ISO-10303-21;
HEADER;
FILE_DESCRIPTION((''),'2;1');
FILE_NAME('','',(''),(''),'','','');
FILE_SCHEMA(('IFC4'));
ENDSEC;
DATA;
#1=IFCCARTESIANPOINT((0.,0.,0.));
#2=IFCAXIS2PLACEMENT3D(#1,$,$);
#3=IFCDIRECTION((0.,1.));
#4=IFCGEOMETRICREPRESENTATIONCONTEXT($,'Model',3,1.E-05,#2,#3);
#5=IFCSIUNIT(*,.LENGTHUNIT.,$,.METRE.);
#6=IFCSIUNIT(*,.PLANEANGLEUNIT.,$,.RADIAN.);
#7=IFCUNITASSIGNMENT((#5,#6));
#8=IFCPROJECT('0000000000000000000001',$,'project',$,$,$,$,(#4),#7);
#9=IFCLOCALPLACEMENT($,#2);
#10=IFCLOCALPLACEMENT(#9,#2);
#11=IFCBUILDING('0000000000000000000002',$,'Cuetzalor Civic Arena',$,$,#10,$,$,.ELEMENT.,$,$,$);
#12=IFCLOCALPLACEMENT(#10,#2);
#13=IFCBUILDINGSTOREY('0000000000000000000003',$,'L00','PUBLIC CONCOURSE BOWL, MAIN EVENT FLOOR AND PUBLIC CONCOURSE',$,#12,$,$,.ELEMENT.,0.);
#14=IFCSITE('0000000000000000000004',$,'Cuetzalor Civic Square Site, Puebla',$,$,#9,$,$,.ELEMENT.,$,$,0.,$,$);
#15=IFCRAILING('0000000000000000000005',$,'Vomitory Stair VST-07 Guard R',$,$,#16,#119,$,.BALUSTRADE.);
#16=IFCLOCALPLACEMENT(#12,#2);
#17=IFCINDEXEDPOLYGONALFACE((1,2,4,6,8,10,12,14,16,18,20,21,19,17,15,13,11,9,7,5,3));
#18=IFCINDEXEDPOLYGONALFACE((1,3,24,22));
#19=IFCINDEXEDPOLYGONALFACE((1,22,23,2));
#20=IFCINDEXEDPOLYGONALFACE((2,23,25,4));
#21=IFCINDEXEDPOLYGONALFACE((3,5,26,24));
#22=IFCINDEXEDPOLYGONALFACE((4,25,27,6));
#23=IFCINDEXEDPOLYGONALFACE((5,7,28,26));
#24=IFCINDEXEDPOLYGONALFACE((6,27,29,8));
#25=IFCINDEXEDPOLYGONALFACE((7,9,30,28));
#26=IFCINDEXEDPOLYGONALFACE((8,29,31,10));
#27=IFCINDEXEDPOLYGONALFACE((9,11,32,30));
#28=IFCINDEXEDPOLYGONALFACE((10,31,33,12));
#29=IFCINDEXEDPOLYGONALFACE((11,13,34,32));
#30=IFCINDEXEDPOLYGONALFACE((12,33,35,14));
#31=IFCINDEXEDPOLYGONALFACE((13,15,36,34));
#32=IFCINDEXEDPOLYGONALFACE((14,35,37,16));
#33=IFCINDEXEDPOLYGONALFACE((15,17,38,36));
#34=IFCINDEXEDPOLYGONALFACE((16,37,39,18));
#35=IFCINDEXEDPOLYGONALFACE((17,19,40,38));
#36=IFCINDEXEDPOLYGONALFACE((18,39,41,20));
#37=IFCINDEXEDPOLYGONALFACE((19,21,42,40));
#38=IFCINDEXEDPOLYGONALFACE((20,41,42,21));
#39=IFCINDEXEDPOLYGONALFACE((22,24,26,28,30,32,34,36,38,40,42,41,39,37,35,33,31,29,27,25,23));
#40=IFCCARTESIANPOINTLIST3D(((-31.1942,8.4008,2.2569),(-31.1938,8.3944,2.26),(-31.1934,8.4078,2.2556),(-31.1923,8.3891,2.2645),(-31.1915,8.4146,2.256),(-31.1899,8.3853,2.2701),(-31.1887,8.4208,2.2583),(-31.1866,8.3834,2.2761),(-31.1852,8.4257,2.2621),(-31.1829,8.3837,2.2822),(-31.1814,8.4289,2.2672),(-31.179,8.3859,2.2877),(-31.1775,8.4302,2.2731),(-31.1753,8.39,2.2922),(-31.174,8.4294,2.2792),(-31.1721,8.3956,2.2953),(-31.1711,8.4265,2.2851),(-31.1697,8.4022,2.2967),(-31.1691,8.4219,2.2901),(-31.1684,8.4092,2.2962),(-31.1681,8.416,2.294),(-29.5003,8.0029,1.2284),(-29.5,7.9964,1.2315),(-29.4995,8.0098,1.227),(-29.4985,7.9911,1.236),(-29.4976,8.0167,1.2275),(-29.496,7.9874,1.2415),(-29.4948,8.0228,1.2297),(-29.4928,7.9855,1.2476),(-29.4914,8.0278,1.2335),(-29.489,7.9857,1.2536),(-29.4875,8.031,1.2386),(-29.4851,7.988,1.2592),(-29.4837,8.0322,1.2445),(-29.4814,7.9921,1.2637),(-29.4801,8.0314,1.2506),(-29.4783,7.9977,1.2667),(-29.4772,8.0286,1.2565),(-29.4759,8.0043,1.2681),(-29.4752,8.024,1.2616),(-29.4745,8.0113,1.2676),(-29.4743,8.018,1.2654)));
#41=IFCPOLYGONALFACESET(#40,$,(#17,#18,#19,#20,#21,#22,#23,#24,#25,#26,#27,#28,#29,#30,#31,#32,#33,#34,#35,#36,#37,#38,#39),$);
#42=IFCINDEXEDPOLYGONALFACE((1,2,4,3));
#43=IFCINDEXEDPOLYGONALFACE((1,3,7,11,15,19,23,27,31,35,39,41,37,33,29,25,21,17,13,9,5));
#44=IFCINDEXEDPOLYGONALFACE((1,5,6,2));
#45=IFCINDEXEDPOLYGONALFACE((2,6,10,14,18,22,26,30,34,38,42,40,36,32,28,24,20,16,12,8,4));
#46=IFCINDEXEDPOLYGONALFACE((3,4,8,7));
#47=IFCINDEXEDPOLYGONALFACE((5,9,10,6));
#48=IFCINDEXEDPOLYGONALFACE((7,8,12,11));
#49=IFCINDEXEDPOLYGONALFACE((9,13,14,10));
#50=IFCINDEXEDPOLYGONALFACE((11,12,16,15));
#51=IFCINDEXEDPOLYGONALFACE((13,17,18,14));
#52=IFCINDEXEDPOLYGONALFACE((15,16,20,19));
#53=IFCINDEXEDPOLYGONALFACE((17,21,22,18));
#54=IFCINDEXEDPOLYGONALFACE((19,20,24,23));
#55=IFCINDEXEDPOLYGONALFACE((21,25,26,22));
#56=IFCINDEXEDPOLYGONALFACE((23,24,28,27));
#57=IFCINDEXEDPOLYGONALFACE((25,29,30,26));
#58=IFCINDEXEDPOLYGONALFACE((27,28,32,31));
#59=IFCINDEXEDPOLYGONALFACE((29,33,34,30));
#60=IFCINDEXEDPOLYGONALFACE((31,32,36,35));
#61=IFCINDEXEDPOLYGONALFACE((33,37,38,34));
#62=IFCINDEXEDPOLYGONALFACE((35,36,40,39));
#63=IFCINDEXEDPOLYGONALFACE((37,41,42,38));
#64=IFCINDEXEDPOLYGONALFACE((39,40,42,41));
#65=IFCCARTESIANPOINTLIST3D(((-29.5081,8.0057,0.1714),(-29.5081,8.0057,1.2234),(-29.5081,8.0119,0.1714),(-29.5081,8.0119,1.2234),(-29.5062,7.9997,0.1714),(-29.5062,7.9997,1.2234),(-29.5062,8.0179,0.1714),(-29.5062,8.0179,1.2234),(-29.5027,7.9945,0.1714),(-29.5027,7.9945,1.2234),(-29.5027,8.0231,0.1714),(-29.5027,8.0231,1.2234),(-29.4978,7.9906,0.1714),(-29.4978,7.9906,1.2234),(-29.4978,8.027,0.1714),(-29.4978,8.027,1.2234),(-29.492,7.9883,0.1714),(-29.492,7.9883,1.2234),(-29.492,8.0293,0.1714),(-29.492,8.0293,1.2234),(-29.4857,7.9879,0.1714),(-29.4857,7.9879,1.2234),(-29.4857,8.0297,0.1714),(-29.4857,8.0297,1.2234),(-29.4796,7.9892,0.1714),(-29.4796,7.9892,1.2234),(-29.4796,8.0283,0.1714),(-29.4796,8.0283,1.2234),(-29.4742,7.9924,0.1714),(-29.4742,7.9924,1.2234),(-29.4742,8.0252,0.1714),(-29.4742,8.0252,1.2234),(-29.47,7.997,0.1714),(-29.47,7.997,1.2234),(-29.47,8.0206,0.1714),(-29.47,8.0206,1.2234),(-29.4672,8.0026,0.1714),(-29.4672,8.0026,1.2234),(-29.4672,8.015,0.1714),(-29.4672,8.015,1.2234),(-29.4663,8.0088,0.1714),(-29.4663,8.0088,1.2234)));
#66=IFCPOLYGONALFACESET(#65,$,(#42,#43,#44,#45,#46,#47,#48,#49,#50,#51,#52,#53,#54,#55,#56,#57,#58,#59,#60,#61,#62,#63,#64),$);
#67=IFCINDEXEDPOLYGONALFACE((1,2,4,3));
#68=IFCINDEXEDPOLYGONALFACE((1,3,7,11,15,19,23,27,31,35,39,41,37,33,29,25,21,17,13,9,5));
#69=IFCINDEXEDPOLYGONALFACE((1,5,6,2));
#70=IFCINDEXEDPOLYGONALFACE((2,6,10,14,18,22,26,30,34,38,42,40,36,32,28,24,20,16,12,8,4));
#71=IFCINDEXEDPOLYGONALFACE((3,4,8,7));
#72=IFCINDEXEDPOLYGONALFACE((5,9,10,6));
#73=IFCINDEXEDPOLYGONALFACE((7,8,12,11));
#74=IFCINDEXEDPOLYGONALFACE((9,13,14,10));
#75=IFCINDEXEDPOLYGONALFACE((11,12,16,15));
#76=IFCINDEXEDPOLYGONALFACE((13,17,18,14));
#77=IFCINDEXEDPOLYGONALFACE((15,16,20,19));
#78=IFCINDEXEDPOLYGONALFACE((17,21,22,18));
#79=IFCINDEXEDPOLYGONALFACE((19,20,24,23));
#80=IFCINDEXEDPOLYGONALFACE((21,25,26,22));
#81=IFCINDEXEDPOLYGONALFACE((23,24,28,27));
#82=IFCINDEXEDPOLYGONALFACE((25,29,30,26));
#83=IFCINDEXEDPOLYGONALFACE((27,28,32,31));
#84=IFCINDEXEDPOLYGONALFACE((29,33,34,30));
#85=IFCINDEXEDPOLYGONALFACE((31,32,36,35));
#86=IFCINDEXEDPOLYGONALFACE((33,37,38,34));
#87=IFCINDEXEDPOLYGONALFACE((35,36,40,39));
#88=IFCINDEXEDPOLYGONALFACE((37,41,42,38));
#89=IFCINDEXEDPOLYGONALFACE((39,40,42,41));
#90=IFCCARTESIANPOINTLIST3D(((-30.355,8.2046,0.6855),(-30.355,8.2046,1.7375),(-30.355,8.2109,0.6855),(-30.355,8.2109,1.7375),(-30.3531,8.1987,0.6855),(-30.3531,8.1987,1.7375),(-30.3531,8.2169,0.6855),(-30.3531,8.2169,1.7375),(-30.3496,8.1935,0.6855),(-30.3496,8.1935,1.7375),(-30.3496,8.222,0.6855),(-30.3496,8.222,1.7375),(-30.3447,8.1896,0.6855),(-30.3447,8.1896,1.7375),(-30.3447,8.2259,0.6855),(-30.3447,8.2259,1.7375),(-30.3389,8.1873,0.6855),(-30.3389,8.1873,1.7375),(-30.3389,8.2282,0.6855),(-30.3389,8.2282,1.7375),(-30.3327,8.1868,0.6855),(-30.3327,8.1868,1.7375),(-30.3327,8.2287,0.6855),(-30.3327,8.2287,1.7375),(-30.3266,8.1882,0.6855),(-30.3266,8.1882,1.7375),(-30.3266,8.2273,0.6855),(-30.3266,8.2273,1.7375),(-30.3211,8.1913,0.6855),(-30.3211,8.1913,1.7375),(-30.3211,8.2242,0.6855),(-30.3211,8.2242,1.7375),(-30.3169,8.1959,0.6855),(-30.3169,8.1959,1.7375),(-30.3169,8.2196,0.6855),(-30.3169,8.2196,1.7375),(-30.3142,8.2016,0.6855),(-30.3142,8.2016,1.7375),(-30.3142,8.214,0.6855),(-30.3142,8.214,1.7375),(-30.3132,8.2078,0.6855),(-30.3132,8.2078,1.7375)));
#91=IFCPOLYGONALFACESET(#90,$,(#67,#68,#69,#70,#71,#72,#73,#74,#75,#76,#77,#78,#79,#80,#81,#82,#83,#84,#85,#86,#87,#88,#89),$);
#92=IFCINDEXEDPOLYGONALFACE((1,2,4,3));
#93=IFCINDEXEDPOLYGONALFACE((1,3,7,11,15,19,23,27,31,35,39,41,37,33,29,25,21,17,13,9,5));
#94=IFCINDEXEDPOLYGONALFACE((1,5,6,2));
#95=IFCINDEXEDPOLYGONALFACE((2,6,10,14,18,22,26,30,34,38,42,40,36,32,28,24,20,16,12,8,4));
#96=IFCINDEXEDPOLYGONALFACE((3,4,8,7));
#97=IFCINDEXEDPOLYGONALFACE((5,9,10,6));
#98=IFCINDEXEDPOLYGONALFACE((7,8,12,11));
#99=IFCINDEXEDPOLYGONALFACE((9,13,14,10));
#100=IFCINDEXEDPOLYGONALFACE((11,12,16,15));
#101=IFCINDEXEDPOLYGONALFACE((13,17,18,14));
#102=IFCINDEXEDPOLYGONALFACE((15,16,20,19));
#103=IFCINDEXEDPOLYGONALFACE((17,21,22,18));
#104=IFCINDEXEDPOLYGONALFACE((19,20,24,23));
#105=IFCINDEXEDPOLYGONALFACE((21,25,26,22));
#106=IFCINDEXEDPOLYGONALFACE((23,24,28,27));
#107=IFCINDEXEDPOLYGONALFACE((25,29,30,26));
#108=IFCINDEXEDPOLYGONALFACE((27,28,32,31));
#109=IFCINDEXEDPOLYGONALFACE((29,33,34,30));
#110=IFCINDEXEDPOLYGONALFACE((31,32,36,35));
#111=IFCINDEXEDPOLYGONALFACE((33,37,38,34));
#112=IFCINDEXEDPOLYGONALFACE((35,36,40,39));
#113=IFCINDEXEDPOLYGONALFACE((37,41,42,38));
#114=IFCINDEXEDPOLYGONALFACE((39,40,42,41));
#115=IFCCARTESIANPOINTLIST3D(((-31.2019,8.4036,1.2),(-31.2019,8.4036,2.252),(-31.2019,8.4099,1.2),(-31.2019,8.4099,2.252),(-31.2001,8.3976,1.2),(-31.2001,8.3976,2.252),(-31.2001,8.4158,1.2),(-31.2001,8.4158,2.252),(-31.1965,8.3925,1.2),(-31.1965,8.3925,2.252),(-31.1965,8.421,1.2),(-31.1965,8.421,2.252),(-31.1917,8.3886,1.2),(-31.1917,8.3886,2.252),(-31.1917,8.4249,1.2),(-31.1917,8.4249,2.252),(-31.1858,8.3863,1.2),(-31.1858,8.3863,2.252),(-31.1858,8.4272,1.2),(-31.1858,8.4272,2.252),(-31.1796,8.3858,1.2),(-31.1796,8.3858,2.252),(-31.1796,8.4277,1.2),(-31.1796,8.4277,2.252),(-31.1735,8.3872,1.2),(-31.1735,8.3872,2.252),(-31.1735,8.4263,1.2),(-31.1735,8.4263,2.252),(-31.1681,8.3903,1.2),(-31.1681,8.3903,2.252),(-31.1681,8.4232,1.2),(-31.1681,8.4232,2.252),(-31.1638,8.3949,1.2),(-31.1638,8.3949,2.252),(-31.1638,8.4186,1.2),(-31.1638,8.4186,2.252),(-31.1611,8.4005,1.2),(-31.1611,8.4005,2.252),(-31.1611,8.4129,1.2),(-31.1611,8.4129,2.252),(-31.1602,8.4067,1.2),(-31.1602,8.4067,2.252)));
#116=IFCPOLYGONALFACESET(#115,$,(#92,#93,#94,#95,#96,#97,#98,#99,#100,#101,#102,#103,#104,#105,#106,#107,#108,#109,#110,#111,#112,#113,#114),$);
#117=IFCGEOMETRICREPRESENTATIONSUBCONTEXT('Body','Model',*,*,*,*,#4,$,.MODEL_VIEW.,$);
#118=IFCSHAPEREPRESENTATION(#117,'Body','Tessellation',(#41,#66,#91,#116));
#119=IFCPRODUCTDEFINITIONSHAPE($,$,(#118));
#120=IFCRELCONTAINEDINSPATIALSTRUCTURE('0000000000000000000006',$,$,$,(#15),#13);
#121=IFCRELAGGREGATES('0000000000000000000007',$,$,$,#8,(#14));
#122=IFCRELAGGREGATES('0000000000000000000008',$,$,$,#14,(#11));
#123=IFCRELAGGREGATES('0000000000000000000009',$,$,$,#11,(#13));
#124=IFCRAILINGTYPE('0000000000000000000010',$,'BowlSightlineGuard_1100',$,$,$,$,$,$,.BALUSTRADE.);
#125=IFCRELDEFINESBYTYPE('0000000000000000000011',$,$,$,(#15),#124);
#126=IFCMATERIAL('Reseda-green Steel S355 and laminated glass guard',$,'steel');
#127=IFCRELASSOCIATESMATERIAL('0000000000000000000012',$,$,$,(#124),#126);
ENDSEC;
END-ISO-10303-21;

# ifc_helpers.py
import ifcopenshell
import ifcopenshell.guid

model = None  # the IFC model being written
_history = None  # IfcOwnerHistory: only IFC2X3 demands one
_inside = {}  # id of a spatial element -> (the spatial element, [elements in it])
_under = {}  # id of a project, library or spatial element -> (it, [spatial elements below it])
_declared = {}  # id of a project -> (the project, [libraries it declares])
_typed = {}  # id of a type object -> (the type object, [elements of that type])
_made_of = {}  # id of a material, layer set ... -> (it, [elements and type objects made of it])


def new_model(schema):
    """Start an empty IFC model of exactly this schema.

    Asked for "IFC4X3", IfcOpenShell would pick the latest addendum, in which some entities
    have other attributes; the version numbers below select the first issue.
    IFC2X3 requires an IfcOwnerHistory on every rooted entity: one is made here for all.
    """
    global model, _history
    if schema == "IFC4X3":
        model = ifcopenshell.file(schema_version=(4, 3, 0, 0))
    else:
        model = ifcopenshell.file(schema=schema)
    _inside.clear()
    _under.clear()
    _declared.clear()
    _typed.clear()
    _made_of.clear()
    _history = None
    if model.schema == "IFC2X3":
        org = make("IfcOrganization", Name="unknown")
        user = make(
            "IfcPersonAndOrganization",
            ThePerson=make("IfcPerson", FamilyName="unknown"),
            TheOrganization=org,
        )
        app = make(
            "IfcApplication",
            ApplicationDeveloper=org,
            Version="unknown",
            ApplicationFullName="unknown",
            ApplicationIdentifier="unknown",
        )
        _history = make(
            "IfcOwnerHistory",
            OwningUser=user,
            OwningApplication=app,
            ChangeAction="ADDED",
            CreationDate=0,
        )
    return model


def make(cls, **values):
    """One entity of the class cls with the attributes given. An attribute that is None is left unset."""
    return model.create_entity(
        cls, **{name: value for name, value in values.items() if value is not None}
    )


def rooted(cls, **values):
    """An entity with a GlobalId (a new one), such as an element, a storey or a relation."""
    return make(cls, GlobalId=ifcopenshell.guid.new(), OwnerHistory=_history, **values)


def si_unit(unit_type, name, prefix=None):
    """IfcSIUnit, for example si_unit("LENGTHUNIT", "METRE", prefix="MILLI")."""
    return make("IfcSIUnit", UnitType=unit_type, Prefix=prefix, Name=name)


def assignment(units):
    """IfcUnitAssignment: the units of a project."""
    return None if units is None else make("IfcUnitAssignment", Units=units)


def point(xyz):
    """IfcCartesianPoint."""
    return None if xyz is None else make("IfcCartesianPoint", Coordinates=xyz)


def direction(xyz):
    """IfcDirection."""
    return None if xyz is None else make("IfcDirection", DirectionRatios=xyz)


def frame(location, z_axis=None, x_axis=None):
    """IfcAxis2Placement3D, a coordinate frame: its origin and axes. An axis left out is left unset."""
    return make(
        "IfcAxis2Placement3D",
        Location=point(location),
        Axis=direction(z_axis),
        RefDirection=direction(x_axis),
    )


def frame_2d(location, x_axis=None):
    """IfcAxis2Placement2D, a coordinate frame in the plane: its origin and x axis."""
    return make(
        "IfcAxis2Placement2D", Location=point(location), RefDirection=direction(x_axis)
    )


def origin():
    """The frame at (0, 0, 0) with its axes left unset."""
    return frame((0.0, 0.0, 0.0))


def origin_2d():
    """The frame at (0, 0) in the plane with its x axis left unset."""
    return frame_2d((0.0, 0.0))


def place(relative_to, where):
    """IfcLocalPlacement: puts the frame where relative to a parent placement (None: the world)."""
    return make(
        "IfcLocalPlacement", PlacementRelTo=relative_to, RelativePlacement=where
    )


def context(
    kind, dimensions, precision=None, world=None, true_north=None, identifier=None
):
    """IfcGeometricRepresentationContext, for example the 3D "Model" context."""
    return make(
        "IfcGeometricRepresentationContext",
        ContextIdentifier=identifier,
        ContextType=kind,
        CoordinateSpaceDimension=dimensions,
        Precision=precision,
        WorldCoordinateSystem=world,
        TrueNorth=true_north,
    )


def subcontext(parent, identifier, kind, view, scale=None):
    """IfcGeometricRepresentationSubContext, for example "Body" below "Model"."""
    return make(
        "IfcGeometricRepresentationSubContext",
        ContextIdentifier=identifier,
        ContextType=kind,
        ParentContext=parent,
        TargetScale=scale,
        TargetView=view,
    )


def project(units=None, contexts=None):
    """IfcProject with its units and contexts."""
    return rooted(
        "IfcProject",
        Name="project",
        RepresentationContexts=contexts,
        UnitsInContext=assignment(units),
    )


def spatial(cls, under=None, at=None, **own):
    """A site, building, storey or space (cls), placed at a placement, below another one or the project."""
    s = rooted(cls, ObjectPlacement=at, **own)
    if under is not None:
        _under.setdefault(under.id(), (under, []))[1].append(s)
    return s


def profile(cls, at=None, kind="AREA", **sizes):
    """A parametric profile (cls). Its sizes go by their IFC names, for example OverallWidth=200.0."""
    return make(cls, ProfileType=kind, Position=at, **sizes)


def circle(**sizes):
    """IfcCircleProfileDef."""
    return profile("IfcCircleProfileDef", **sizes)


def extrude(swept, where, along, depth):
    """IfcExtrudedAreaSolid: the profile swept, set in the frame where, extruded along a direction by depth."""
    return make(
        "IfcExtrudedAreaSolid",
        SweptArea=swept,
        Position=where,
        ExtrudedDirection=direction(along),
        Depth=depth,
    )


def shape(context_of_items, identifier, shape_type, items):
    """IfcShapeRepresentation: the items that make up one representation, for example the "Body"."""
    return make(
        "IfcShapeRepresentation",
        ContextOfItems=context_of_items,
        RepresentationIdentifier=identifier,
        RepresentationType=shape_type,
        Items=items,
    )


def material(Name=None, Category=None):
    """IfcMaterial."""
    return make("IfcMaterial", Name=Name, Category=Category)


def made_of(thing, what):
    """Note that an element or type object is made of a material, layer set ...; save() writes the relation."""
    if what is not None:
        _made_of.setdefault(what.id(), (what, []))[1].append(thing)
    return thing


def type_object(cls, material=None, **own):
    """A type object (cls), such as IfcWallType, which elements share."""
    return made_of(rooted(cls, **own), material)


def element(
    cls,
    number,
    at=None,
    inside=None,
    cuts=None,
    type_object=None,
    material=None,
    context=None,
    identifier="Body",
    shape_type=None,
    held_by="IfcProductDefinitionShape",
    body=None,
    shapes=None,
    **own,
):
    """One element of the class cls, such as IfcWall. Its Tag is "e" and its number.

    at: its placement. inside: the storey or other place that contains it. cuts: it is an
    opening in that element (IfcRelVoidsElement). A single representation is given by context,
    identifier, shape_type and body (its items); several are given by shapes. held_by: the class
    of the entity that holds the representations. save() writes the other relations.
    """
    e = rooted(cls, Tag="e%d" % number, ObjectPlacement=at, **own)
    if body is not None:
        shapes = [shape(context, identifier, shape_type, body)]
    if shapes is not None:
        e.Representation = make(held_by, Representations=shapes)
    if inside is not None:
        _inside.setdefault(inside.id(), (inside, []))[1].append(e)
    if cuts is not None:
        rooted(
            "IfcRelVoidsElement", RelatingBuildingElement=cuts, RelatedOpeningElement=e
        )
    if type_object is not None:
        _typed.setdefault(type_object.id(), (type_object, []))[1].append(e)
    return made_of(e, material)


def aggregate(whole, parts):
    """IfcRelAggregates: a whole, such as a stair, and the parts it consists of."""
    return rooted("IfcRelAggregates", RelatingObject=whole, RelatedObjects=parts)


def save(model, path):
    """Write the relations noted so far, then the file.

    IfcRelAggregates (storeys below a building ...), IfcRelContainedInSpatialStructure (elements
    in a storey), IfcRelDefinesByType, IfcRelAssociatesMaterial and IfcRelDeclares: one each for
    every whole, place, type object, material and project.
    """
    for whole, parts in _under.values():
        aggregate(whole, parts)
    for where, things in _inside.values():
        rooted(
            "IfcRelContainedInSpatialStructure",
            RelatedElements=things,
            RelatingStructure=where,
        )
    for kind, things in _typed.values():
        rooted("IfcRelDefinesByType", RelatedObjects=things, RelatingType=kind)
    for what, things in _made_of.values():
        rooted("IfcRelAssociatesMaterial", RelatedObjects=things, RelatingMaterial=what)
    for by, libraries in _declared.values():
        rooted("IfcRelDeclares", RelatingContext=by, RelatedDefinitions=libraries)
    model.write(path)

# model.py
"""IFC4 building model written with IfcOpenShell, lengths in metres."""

from ifc_helpers import new_model, si_unit, direction, frame, origin, origin_2d, place, context, subcontext, project, spatial, circle, extrude, material, type_object, element, save


model = new_model("IFC4")

# Units and contexts
model_context = context("Model", 3, precision=1e-05, world=origin(), true_north=direction((0.0, 1.0)))
body_context = subcontext(model_context, "Body", "Model", "MODEL_VIEW")
ifc_project = project(units=[si_unit("LENGTHUNIT", "METRE"), si_unit("PLANEANGLEUNIT", "RADIAN")], contexts=[model_context])

# Site, building, storey
site_placement = place(None, origin())
site = spatial("IfcSite", under=ifc_project, at=site_placement, Name="Cuetzalor Civic Square Site, Puebla", CompositionType="ELEMENT", RefElevation=0.0)
building_placement = place(site_placement, origin())
building = spatial("IfcBuilding", under=site, at=building_placement, Name="Cuetzalor Civic Arena", CompositionType="ELEMENT")
storey_placement = place(building_placement, origin())
storey = spatial("IfcBuildingStorey", under=building, at=storey_placement, Name="L00", Description="PUBLIC CONCOURSE BOWL, MAIN EVENT FLOOR AND PUBLIC CONCOURSE", CompositionType="ELEMENT", Elevation=0.0)

# Railing
ifc_material_1 = material(Name="Reseda-green Steel S355 and laminated glass guard", Category="steel")
railing_type_1 = type_object("IfcRailingType", Name="BowlSightlineGuard_1100", PredefinedType="BALUSTRADE", material=ifc_material_1)
railing_1_placement = place(storey_placement, frame((-29.4873, 8.0088, 0.1714)))
element("IfcRailing", 1, at=railing_1_placement, inside=storey, type_object=railing_type_1, Name="Vomitory Stair VST-07 Guard R", PredefinedType="BALUSTRADE", context=body_context, shape_type="SweptSolid", body=[
    extrude(circle(Radius=0.0239, at=origin_2d()), frame((0.0, 0.0, 1.0762), z_axis=(-0.838022, 0.196883, 0.508877), x_axis=(-0.228711, -0.973494, 0.0)), (0.0, 0.0, 1.0), 2.0212),
    extrude(circle(Radius=0.021, at=origin_2d()), origin(), (0.0, 0.0, 1.0), 1.052),
    extrude(circle(Radius=0.021, at=origin_2d()), frame((-0.8469, 0.199, 0.5142)), (0.0, 0.0, 1.0), 1.052),
    extrude(circle(Radius=0.021, at=origin_2d()), frame((-1.6938, 0.3979, 1.0286)), (0.0, 0.0, 1.0), 1.052),
])

save(model, "model.ifc")
